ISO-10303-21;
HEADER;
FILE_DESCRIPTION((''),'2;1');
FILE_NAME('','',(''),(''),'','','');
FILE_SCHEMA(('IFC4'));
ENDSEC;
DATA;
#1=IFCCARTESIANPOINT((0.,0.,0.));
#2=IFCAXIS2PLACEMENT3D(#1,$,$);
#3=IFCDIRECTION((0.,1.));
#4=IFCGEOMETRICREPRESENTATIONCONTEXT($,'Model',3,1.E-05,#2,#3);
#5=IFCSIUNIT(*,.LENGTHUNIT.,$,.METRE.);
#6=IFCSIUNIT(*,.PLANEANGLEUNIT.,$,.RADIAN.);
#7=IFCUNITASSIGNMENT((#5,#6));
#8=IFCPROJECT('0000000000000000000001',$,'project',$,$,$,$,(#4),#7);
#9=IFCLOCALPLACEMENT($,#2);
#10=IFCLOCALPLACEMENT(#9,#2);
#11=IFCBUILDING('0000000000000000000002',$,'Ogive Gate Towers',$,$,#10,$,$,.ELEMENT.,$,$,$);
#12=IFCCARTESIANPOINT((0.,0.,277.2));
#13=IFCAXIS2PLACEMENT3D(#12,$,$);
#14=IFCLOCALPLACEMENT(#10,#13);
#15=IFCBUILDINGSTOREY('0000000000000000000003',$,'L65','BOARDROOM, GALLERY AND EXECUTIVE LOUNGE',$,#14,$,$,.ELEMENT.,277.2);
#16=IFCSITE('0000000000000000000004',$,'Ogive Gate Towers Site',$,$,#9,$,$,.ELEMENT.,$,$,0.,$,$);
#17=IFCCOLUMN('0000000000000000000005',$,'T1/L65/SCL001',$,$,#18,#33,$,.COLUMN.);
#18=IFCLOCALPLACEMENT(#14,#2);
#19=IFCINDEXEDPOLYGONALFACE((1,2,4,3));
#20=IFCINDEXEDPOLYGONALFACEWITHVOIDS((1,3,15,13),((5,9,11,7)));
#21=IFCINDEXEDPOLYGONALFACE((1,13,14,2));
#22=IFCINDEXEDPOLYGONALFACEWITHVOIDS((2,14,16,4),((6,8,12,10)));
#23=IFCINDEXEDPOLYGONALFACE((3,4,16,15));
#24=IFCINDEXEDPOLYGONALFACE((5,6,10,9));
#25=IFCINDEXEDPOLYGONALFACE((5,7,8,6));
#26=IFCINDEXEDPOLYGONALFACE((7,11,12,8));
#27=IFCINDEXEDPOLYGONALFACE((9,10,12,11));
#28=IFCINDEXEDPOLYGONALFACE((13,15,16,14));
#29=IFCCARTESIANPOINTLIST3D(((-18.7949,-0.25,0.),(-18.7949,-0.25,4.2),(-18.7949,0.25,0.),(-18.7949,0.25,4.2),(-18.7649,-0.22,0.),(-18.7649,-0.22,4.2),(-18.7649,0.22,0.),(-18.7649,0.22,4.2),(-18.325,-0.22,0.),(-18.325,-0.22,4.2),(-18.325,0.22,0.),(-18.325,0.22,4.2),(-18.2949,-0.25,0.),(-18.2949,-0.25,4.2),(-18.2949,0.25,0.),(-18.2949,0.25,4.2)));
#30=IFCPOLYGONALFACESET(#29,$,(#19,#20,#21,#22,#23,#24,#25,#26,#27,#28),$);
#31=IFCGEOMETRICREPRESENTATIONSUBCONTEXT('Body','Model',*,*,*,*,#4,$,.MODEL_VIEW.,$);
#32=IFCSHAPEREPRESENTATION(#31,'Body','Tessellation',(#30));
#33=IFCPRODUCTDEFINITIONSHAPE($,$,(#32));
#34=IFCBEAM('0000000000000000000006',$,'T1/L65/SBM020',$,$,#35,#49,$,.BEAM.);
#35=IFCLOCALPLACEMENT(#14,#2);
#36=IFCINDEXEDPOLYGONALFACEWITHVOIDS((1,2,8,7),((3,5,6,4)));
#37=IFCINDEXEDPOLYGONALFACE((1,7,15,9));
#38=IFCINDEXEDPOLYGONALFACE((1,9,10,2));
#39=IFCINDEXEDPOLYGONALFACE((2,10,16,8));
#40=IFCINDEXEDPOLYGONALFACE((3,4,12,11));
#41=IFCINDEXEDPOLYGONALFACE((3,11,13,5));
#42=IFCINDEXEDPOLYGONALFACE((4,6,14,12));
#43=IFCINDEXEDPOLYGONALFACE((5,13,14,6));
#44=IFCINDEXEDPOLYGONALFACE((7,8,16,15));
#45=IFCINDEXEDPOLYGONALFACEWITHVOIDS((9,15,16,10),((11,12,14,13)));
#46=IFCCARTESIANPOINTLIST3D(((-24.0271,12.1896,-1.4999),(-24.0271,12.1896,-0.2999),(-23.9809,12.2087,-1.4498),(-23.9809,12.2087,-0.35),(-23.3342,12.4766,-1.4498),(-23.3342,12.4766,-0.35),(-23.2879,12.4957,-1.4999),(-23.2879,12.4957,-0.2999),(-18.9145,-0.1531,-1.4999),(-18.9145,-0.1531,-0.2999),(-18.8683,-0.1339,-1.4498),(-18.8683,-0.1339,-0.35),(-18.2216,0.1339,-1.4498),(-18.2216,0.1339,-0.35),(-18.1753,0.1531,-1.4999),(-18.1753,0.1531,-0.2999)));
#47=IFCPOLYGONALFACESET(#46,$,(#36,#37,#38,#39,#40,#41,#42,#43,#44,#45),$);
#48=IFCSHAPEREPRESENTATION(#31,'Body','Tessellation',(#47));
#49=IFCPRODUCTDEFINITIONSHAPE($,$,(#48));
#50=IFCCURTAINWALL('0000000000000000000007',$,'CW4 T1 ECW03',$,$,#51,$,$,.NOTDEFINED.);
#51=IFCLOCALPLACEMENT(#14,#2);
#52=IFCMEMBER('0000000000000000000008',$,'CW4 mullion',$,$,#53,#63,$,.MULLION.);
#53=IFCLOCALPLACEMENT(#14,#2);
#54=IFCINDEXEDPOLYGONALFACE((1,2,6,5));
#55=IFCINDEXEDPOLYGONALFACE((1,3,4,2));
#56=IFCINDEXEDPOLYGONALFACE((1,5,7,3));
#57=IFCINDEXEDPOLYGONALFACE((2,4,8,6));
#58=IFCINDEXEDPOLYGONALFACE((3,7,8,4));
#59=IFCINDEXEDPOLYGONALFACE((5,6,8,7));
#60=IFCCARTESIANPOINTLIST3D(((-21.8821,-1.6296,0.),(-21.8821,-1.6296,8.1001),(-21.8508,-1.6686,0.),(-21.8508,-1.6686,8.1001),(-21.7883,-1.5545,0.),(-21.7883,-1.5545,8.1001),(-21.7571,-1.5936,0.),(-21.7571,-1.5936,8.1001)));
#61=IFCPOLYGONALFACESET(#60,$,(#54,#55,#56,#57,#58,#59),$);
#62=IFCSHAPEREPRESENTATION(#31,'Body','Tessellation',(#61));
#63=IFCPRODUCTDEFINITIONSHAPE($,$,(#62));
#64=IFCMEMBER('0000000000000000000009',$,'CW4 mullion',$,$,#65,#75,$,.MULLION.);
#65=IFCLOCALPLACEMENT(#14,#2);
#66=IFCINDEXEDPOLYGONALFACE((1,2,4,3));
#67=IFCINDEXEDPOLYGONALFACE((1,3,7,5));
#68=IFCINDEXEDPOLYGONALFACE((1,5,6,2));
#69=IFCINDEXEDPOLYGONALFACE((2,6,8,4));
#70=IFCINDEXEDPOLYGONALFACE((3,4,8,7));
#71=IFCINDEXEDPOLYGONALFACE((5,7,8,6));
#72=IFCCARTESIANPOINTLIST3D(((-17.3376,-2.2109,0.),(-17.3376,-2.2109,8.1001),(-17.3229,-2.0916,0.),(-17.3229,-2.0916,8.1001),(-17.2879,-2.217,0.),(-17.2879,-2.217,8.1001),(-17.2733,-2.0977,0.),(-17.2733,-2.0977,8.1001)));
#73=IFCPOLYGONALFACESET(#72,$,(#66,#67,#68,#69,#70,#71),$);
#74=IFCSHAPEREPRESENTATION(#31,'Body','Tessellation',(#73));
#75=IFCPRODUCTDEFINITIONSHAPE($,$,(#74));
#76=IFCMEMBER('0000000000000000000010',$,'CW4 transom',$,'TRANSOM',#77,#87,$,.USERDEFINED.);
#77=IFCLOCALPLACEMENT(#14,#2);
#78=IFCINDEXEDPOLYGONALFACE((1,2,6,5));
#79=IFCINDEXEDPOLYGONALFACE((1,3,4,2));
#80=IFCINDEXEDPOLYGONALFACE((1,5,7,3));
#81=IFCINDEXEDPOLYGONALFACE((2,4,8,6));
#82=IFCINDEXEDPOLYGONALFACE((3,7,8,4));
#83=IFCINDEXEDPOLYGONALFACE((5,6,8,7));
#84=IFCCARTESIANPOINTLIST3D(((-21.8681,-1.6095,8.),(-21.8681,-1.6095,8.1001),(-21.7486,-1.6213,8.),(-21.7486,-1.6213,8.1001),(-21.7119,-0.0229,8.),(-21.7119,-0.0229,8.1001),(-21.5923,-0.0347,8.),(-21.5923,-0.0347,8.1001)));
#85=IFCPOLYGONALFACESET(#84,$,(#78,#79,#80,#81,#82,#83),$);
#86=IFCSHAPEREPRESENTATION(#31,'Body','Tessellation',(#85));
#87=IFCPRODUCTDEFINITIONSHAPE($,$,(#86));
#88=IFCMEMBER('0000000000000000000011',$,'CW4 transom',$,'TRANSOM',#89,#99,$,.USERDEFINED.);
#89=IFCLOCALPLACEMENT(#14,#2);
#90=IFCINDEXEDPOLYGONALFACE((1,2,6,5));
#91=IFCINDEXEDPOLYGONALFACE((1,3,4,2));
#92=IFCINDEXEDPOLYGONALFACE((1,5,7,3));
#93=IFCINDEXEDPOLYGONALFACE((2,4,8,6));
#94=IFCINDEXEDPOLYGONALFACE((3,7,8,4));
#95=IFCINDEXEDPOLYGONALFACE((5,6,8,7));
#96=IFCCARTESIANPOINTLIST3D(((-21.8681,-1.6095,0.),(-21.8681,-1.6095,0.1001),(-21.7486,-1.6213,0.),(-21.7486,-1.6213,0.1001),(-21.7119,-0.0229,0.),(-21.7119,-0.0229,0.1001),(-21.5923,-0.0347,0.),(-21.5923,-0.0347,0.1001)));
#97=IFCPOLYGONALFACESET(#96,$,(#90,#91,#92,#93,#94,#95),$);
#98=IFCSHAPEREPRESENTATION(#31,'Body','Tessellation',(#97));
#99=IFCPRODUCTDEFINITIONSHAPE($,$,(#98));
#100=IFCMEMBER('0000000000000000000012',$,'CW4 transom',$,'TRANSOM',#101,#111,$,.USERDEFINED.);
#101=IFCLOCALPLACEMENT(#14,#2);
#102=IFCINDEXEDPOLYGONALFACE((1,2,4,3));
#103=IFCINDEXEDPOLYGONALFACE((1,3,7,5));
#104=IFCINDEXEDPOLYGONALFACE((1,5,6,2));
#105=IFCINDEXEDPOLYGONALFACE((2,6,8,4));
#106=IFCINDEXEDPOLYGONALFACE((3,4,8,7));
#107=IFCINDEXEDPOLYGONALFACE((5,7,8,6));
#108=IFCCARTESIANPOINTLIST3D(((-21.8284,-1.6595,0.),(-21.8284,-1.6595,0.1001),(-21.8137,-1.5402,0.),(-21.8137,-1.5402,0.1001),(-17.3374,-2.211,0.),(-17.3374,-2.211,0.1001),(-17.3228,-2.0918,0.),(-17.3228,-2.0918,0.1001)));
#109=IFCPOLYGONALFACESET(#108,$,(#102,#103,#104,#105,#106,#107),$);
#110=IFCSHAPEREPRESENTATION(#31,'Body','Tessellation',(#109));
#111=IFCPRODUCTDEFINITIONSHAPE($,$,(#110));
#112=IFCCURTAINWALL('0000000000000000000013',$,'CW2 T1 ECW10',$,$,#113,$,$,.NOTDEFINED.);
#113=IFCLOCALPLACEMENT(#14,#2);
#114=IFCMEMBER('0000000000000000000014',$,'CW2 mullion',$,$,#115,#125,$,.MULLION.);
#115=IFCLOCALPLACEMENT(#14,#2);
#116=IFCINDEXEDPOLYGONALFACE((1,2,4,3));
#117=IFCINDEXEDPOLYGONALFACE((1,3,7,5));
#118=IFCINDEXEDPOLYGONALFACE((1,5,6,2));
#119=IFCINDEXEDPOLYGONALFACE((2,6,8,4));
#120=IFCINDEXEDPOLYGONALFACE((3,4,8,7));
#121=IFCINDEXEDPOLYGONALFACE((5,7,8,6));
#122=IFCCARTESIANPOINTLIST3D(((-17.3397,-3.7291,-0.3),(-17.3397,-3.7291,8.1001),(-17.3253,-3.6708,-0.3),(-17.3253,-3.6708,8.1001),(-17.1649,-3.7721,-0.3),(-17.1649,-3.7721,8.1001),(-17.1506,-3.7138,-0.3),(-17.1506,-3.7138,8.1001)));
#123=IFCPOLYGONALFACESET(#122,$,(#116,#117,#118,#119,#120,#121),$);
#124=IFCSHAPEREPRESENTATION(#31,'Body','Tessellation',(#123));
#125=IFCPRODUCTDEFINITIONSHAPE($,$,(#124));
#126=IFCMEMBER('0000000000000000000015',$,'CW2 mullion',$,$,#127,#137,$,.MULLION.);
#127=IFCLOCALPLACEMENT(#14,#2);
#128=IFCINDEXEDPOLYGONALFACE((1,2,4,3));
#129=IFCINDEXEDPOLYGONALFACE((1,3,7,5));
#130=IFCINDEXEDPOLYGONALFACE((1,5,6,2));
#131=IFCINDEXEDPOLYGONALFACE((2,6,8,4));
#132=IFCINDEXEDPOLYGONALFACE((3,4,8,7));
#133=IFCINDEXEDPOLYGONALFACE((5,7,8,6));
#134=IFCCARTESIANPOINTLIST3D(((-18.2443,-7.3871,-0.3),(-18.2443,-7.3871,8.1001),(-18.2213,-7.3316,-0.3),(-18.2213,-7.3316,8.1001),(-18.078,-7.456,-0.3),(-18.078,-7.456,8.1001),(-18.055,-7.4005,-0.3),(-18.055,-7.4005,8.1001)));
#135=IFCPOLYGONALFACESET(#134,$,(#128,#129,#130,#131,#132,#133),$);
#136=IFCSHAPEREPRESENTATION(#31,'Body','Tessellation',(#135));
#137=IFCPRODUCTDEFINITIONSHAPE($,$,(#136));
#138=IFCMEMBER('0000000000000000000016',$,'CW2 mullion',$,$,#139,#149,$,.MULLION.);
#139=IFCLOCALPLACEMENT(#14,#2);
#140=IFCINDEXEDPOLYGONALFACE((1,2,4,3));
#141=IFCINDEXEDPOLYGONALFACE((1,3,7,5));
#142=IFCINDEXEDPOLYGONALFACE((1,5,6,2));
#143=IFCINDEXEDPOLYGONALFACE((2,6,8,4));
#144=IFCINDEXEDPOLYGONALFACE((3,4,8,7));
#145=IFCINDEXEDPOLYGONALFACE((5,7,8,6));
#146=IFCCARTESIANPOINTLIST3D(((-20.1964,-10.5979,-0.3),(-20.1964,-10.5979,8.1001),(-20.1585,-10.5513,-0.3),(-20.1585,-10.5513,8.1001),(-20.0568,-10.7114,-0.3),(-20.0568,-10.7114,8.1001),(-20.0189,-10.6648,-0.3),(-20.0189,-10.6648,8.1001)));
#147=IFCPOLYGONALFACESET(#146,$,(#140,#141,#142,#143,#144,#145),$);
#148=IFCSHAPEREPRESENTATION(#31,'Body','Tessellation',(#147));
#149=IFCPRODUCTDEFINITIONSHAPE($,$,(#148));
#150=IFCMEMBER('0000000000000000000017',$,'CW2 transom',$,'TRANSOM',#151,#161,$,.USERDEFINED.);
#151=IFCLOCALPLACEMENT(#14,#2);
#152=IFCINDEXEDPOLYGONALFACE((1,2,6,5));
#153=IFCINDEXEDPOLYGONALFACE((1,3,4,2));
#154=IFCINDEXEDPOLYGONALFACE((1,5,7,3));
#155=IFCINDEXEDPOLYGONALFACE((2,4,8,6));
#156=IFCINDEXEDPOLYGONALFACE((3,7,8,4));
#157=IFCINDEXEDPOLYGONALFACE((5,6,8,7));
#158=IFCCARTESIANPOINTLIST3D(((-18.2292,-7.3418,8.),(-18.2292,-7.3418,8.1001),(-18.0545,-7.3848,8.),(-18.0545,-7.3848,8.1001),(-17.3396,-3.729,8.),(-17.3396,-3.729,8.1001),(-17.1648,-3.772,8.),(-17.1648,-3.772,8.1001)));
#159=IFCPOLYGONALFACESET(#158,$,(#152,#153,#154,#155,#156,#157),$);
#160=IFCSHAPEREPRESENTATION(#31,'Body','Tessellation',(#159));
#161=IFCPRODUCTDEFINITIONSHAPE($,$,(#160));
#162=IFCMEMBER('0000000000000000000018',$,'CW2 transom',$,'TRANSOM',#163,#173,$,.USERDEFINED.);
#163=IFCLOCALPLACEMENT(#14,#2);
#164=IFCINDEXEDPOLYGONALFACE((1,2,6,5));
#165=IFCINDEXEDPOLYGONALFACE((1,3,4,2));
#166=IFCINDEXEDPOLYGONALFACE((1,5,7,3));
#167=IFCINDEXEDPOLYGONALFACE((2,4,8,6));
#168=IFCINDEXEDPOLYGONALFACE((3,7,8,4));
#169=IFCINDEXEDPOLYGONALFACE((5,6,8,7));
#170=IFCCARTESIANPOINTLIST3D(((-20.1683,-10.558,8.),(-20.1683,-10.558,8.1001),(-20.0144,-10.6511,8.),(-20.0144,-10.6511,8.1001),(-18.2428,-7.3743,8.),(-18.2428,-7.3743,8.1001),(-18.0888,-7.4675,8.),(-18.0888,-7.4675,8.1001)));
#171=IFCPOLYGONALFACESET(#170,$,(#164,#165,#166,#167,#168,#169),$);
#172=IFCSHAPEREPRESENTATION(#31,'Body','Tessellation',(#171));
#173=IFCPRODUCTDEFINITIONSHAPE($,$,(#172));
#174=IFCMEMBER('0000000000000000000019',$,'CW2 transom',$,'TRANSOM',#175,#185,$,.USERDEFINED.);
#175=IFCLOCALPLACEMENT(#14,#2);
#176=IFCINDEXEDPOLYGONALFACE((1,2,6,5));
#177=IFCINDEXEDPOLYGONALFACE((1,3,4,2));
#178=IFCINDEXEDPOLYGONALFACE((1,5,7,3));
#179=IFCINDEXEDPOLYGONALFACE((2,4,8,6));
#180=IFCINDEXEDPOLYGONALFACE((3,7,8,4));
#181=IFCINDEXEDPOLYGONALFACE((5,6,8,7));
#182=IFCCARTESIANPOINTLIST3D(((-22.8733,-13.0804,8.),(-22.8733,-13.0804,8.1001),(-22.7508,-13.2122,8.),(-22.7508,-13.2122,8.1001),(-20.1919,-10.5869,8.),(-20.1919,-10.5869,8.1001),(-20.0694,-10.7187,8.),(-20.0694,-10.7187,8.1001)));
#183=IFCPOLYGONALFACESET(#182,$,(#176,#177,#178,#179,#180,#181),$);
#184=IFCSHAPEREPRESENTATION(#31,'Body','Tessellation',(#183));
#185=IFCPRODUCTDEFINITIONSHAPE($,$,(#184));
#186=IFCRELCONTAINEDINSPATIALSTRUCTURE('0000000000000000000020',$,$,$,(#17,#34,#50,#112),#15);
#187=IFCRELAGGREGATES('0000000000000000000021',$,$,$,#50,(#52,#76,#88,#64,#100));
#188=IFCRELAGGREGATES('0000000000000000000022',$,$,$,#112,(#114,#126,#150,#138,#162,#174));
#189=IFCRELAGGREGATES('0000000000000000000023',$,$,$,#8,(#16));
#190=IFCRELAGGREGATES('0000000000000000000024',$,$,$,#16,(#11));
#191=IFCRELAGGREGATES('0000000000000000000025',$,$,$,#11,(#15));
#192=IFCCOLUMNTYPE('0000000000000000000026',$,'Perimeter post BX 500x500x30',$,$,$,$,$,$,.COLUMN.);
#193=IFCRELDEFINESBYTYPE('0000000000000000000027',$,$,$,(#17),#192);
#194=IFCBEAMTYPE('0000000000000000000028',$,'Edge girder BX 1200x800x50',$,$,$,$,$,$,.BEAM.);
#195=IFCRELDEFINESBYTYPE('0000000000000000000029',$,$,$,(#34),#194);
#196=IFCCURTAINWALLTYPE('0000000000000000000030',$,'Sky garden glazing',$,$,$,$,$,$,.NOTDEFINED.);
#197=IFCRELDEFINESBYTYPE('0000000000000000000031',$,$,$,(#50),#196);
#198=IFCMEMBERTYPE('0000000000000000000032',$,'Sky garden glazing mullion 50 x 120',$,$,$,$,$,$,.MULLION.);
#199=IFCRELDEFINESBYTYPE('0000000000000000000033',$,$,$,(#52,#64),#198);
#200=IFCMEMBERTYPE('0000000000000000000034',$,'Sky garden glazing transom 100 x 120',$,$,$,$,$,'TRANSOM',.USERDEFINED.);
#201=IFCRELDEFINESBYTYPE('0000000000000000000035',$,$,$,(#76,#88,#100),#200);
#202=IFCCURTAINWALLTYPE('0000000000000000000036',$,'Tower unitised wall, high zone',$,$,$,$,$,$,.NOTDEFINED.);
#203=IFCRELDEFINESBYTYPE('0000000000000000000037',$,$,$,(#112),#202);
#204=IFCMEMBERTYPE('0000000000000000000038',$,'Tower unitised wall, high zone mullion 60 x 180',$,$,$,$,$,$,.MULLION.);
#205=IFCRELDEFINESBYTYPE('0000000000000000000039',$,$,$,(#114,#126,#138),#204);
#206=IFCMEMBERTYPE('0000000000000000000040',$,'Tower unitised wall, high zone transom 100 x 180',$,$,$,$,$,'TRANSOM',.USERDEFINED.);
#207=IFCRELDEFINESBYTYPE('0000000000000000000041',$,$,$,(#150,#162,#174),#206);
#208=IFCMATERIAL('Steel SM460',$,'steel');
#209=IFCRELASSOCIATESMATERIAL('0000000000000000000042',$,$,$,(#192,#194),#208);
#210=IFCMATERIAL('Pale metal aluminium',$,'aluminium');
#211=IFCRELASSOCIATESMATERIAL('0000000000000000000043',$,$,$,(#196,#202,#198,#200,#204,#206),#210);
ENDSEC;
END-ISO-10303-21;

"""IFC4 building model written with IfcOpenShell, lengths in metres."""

from ifc_helpers import new_model, si_unit, direction, frame, origin, origin_2d, place, context, subcontext, project, spatial, rectangle, hollow_rectangle, extrude, material, material_profile, profile_set, type_object, element, aggregate, save


model = new_model("IFC4")

# Units and contexts
model_context = context("Model", 3, precision=1e-05, world=origin(), true_north=direction((0.0, 1.0)))
body_context = subcontext(model_context, "Body", "Model", "MODEL_VIEW")
ifc_project = project(units=[si_unit("LENGTHUNIT", "METRE"), si_unit("PLANEANGLEUNIT", "RADIAN")], contexts=[model_context])

# Site, building, storey
site_placement = place(None, origin())
site = spatial("IfcSite", under=ifc_project, at=site_placement, Name="Ogive Gate Towers Site", CompositionType="ELEMENT", RefElevation=0.0)
building_placement = place(site_placement, origin())
building = spatial("IfcBuilding", under=site, at=building_placement, Name="Ogive Gate Towers", CompositionType="ELEMENT")
storey_placement = place(building_placement, frame((0.0, 0.0, 277.2)))
storey = spatial("IfcBuildingStorey", under=building, at=storey_placement, Name="L65", Description="BOARDROOM, GALLERY AND EXECUTIVE LOUNGE", CompositionType="ELEMENT", Elevation=277.2)

# Column
ifc_material_1 = material(Name="Steel SM460", Category="steel")
ifc_material_profile_1 = material_profile(ifc_material_1, hollow_rectangle(XDim=0.5, YDim=0.5, WallThickness=0.03, at=origin_2d()), Name="BX 500x500x30")
ifc_profile_set_1 = profile_set([ifc_material_profile_1], Name="Steel SM460")
column_type = type_object("IfcColumnType", Name="Perimeter post BX 500x500x30", PredefinedType="COLUMN", material=ifc_profile_set_1)
column_placement = place(storey_placement, frame((-18.5449, 0.0, 0.0), z_axis=(0.0, 0.0, 1.0), x_axis=(1.0, 0.0, 0.0)))
element("IfcColumn", 1, at=column_placement, inside=storey, type_object=column_type, Name="T1/L65/SCL001", PredefinedType="COLUMN", context=body_context, shape_type="SweptSolid", body=[
    extrude(hollow_rectangle(XDim=0.5, YDim=0.5, WallThickness=0.03, at=origin_2d()), origin(), (0.0, 0.0, 1.0), 4.2),
])

# Beam
ifc_material_profile_2 = material_profile(ifc_material_1, hollow_rectangle(XDim=0.8, YDim=1.2, WallThickness=0.05, at=origin_2d()), Name="BX 1200x800x50")
ifc_profile_set_2 = profile_set([ifc_material_profile_2], Name="Steel SM460")
beam_type = type_object("IfcBeamType", Name="Edge girder BX 1200x800x50", PredefinedType="BEAM", material=ifc_profile_set_2)
beam_placement = place(storey_placement, frame((-18.5449, 0.0, -0.8999), z_axis=(-0.38269, 0.923877, 0.0), x_axis=(-0.923877, -0.38269, 0.0)))
element("IfcBeam", 2, at=beam_placement, inside=storey, type_object=beam_type, Name="T1/L65/SBM020", PredefinedType="BEAM", context=body_context, shape_type="SweptSolid", body=[
    extrude(hollow_rectangle(XDim=0.8, YDim=1.2, WallThickness=0.05, at=origin_2d()), origin(), (0.0, 0.0, 1.0), 13.3596),
])

# Curtain walls, members
ifc_material_2 = material(Name="Pale metal aluminium", Category="aluminium")
curtain_wall_type_1 = type_object("IfcCurtainWallType", Name="Sky garden glazing", PredefinedType="NOTDEFINED", material=ifc_material_2)
curtain_wall_1_placement = place(storey_placement, origin())
curtain_wall_1 = element("IfcCurtainWall", 3, at=curtain_wall_1_placement, inside=storey, type_object=curtain_wall_type_1, Name="CW4 T1 ECW03", PredefinedType="NOTDEFINED")
ifc_material_profile_3 = material_profile(ifc_material_2, rectangle(XDim=0.1201, YDim=0.05, at=origin_2d()), Name="50 x 120 aluminium box")
ifc_profile_set_3 = profile_set([ifc_material_profile_3], Name="Pale metal aluminium")
member_type_1 = type_object("IfcMemberType", Name="Sky garden glazing mullion 50 x 120", PredefinedType="MULLION", material=ifc_profile_set_3)
member_1_placement = place(storey_placement, frame((-21.8196, -1.6116, 0.0), z_axis=(0.0, 0.0, 1.0), x_axis=(-0.780572, -0.625066, 0.0)))
member_1 = element("IfcMember", 4, at=member_1_placement, type_object=member_type_1, Name="CW4 mullion", PredefinedType="MULLION", context=body_context, shape_type="SweptSolid", body=[
    extrude(rectangle(XDim=0.1201, YDim=0.05, at=origin_2d()), origin(), (0.0, 0.0, 1.0), 8.1001),
])
member_2_placement = place(storey_placement, frame((-17.3054, -2.1543, 0.0), z_axis=(0.0, 0.0, 1.0), x_axis=(-0.121869, -0.992546, 0.0)))
member_2 = element("IfcMember", 5, at=member_2_placement, type_object=member_type_1, Name="CW4 mullion", PredefinedType="MULLION", context=body_context, shape_type="SweptSolid", body=[
    extrude(rectangle(XDim=0.1201, YDim=0.05, at=origin_2d()), origin(), (0.0, 0.0, 1.0), 8.1001),
])
ifc_material_profile_4 = material_profile(ifc_material_2, rectangle(XDim=0.1201, YDim=0.1001, at=origin_2d()), Name="100 x 120 aluminium box")
ifc_profile_set_4 = profile_set([ifc_material_profile_4], Name="Pale metal aluminium")
member_type_2 = type_object("IfcMemberType", Name="Sky garden glazing transom 100 x 120", ElementType="TRANSOM", PredefinedType="USERDEFINED", material=ifc_profile_set_4)
member_3_placement = place(storey_placement, frame((-21.6521, -0.0288, 8.05), z_axis=(-0.098003, -0.995186, 0.0), x_axis=(0.995186, -0.098003, 0.0)))
member_3 = element("IfcMember", 6, at=member_3_placement, type_object=member_type_2, Name="CW4 transom", ObjectType="TRANSOM", PredefinedType="USERDEFINED", context=body_context, shape_type="SweptSolid", body=[
    extrude(rectangle(XDim=0.1201, YDim=0.1001, at=origin_2d()), origin(), (0.0, 0.0, 1.0), 1.5942),
])
member_4_placement = place(storey_placement, frame((-21.6521, -0.0288, 0.05), z_axis=(-0.098003, -0.995186, 0.0), x_axis=(0.995186, -0.098003, 0.0)))
member_4 = element("IfcMember", 7, at=member_4_placement, type_object=member_type_2, Name="CW4 transom", ObjectType="TRANSOM", PredefinedType="USERDEFINED", context=body_context, shape_type="SweptSolid", body=[
    extrude(rectangle(XDim=0.1201, YDim=0.1001, at=origin_2d()), origin(), (0.0, 0.0, 1.0), 1.5942),
])
member_5_placement = place(storey_placement, frame((-21.821, -1.5999, 0.05), z_axis=(0.992544, -0.121889, 0.0), x_axis=(0.121889, 0.992544, 0.0)))
member_5 = element("IfcMember", 8, at=member_5_placement, type_object=member_type_2, Name="CW4 transom", ObjectType="TRANSOM", PredefinedType="USERDEFINED", context=body_context, shape_type="SweptSolid", body=[
    extrude(rectangle(XDim=0.1201, YDim=0.1001, at=origin_2d()), origin(), (0.0, 0.0, 1.0), 4.5247),
])
curtain_wall_type_2 = type_object("IfcCurtainWallType", Name="Tower unitised wall, high zone", PredefinedType="NOTDEFINED", material=ifc_material_2)
curtain_wall_2_placement = place(storey_placement, origin())
curtain_wall_2 = element("IfcCurtainWall", 9, at=curtain_wall_2_placement, inside=storey, type_object=curtain_wall_type_2, Name="CW2 T1 ECW10", PredefinedType="NOTDEFINED")
ifc_material_profile_5 = material_profile(ifc_material_2, rectangle(XDim=0.1799, YDim=0.0601, at=origin_2d()), Name="60 x 180 aluminium box")
ifc_profile_set_5 = profile_set([ifc_material_profile_5], Name="Pale metal aluminium")
member_type_3 = type_object("IfcMemberType", Name="Tower unitised wall, high zone mullion 60 x 180", PredefinedType="MULLION", material=ifc_profile_set_5)
member_6_placement = place(storey_placement, frame((-17.2451, -3.7214, -0.3), z_axis=(0.0, 0.0, 1.0), x_axis=(-0.970993, 0.23911, 0.0)))
member_6 = element("IfcMember", 10, at=member_6_placement, type_object=member_type_3, Name="CW2 mullion", PredefinedType="MULLION", context=body_context, shape_type="SweptSolid", body=[
    extrude(rectangle(XDim=0.1799, YDim=0.0601, at=origin_2d()), origin(), (0.0, 0.0, 1.0), 8.4001),
])
member_7_placement = place(storey_placement, frame((-18.1497, -7.3938, -0.3), z_axis=(0.0, 0.0, 1.0), x_axis=(-0.92388, 0.382683, 0.0)))
member_7 = element("IfcMember", 11, at=member_7_placement, type_object=member_type_3, Name="CW2 mullion", PredefinedType="MULLION", context=body_context, shape_type="SweptSolid", body=[
    extrude(rectangle(XDim=0.1799, YDim=0.0601, at=origin_2d()), origin(), (0.0, 0.0, 1.0), 8.4001),
])
member_8_placement = place(storey_placement, frame((-20.1077, -10.6313, -0.3), z_axis=(0.0, 0.0, 1.0), x_axis=(-0.775782, 0.631001, 0.0)))
member_8 = element("IfcMember", 12, at=member_8_placement, type_object=member_type_3, Name="CW2 mullion", PredefinedType="MULLION", context=body_context, shape_type="SweptSolid", body=[
    extrude(rectangle(XDim=0.1799, YDim=0.0601, at=origin_2d()), origin(), (0.0, 0.0, 1.0), 8.4001),
])
ifc_material_profile_6 = material_profile(ifc_material_2, rectangle(XDim=0.1799, YDim=0.1001, at=origin_2d()), Name="100 x 180 aluminium box")
ifc_profile_set_6 = profile_set([ifc_material_profile_6], Name="Pale metal aluminium")
member_type_4 = type_object("IfcMemberType", Name="Tower unitised wall, high zone transom 100 x 180", ElementType="TRANSOM", PredefinedType="USERDEFINED", material=ifc_profile_set_6)
member_9_placement = place(storey_placement, frame((-17.2522, -3.7505, 8.05), z_axis=(-0.239107, -0.970993, 0.0), x_axis=(0.970993, -0.239107, 0.0)))
member_9 = element("IfcMember", 13, at=member_9_placement, type_object=member_type_4, Name="CW2 transom", ObjectType="TRANSOM", PredefinedType="USERDEFINED", context=body_context, shape_type="SweptSolid", body=[
    extrude(rectangle(XDim=0.1799, YDim=0.1001, at=origin_2d()), origin(), (0.0, 0.0, 1.0), 3.7207),
])
member_10_placement = place(storey_placement, frame((-18.1658, -7.4209, 8.05), z_axis=(-0.517532, -0.855664, 0.0), x_axis=(0.855664, -0.517532, 0.0)))
member_10 = element("IfcMember", 14, at=member_10_placement, type_object=member_type_4, Name="CW2 transom", ObjectType="TRANSOM", PredefinedType="USERDEFINED", context=body_context, shape_type="SweptSolid", body=[
    extrude(rectangle(XDim=0.1799, YDim=0.1001, at=origin_2d()), origin(), (0.0, 0.0, 1.0), 3.7207),
])
member_11_placement = place(storey_placement, frame((-20.1306, -10.6528, 8.05), z_axis=(-0.732311, -0.68097, 0.0), x_axis=(0.68097, -0.732311, 0.0)))
member_11 = element("IfcMember", 15, at=member_11_placement, type_object=member_type_4, Name="CW2 transom", ObjectType="TRANSOM", PredefinedType="USERDEFINED", context=body_context, shape_type="SweptSolid", body=[
    extrude(rectangle(XDim=0.1799, YDim=0.1001, at=origin_2d()), origin(), (0.0, 0.0, 1.0), 3.6616),
])

aggregate(curtain_wall_1, [member_1, member_3, member_4, member_2, member_5])

aggregate(curtain_wall_2, [member_6, member_7, member_9, member_8, member_10, member_11])

save(model, "model.ifc")
